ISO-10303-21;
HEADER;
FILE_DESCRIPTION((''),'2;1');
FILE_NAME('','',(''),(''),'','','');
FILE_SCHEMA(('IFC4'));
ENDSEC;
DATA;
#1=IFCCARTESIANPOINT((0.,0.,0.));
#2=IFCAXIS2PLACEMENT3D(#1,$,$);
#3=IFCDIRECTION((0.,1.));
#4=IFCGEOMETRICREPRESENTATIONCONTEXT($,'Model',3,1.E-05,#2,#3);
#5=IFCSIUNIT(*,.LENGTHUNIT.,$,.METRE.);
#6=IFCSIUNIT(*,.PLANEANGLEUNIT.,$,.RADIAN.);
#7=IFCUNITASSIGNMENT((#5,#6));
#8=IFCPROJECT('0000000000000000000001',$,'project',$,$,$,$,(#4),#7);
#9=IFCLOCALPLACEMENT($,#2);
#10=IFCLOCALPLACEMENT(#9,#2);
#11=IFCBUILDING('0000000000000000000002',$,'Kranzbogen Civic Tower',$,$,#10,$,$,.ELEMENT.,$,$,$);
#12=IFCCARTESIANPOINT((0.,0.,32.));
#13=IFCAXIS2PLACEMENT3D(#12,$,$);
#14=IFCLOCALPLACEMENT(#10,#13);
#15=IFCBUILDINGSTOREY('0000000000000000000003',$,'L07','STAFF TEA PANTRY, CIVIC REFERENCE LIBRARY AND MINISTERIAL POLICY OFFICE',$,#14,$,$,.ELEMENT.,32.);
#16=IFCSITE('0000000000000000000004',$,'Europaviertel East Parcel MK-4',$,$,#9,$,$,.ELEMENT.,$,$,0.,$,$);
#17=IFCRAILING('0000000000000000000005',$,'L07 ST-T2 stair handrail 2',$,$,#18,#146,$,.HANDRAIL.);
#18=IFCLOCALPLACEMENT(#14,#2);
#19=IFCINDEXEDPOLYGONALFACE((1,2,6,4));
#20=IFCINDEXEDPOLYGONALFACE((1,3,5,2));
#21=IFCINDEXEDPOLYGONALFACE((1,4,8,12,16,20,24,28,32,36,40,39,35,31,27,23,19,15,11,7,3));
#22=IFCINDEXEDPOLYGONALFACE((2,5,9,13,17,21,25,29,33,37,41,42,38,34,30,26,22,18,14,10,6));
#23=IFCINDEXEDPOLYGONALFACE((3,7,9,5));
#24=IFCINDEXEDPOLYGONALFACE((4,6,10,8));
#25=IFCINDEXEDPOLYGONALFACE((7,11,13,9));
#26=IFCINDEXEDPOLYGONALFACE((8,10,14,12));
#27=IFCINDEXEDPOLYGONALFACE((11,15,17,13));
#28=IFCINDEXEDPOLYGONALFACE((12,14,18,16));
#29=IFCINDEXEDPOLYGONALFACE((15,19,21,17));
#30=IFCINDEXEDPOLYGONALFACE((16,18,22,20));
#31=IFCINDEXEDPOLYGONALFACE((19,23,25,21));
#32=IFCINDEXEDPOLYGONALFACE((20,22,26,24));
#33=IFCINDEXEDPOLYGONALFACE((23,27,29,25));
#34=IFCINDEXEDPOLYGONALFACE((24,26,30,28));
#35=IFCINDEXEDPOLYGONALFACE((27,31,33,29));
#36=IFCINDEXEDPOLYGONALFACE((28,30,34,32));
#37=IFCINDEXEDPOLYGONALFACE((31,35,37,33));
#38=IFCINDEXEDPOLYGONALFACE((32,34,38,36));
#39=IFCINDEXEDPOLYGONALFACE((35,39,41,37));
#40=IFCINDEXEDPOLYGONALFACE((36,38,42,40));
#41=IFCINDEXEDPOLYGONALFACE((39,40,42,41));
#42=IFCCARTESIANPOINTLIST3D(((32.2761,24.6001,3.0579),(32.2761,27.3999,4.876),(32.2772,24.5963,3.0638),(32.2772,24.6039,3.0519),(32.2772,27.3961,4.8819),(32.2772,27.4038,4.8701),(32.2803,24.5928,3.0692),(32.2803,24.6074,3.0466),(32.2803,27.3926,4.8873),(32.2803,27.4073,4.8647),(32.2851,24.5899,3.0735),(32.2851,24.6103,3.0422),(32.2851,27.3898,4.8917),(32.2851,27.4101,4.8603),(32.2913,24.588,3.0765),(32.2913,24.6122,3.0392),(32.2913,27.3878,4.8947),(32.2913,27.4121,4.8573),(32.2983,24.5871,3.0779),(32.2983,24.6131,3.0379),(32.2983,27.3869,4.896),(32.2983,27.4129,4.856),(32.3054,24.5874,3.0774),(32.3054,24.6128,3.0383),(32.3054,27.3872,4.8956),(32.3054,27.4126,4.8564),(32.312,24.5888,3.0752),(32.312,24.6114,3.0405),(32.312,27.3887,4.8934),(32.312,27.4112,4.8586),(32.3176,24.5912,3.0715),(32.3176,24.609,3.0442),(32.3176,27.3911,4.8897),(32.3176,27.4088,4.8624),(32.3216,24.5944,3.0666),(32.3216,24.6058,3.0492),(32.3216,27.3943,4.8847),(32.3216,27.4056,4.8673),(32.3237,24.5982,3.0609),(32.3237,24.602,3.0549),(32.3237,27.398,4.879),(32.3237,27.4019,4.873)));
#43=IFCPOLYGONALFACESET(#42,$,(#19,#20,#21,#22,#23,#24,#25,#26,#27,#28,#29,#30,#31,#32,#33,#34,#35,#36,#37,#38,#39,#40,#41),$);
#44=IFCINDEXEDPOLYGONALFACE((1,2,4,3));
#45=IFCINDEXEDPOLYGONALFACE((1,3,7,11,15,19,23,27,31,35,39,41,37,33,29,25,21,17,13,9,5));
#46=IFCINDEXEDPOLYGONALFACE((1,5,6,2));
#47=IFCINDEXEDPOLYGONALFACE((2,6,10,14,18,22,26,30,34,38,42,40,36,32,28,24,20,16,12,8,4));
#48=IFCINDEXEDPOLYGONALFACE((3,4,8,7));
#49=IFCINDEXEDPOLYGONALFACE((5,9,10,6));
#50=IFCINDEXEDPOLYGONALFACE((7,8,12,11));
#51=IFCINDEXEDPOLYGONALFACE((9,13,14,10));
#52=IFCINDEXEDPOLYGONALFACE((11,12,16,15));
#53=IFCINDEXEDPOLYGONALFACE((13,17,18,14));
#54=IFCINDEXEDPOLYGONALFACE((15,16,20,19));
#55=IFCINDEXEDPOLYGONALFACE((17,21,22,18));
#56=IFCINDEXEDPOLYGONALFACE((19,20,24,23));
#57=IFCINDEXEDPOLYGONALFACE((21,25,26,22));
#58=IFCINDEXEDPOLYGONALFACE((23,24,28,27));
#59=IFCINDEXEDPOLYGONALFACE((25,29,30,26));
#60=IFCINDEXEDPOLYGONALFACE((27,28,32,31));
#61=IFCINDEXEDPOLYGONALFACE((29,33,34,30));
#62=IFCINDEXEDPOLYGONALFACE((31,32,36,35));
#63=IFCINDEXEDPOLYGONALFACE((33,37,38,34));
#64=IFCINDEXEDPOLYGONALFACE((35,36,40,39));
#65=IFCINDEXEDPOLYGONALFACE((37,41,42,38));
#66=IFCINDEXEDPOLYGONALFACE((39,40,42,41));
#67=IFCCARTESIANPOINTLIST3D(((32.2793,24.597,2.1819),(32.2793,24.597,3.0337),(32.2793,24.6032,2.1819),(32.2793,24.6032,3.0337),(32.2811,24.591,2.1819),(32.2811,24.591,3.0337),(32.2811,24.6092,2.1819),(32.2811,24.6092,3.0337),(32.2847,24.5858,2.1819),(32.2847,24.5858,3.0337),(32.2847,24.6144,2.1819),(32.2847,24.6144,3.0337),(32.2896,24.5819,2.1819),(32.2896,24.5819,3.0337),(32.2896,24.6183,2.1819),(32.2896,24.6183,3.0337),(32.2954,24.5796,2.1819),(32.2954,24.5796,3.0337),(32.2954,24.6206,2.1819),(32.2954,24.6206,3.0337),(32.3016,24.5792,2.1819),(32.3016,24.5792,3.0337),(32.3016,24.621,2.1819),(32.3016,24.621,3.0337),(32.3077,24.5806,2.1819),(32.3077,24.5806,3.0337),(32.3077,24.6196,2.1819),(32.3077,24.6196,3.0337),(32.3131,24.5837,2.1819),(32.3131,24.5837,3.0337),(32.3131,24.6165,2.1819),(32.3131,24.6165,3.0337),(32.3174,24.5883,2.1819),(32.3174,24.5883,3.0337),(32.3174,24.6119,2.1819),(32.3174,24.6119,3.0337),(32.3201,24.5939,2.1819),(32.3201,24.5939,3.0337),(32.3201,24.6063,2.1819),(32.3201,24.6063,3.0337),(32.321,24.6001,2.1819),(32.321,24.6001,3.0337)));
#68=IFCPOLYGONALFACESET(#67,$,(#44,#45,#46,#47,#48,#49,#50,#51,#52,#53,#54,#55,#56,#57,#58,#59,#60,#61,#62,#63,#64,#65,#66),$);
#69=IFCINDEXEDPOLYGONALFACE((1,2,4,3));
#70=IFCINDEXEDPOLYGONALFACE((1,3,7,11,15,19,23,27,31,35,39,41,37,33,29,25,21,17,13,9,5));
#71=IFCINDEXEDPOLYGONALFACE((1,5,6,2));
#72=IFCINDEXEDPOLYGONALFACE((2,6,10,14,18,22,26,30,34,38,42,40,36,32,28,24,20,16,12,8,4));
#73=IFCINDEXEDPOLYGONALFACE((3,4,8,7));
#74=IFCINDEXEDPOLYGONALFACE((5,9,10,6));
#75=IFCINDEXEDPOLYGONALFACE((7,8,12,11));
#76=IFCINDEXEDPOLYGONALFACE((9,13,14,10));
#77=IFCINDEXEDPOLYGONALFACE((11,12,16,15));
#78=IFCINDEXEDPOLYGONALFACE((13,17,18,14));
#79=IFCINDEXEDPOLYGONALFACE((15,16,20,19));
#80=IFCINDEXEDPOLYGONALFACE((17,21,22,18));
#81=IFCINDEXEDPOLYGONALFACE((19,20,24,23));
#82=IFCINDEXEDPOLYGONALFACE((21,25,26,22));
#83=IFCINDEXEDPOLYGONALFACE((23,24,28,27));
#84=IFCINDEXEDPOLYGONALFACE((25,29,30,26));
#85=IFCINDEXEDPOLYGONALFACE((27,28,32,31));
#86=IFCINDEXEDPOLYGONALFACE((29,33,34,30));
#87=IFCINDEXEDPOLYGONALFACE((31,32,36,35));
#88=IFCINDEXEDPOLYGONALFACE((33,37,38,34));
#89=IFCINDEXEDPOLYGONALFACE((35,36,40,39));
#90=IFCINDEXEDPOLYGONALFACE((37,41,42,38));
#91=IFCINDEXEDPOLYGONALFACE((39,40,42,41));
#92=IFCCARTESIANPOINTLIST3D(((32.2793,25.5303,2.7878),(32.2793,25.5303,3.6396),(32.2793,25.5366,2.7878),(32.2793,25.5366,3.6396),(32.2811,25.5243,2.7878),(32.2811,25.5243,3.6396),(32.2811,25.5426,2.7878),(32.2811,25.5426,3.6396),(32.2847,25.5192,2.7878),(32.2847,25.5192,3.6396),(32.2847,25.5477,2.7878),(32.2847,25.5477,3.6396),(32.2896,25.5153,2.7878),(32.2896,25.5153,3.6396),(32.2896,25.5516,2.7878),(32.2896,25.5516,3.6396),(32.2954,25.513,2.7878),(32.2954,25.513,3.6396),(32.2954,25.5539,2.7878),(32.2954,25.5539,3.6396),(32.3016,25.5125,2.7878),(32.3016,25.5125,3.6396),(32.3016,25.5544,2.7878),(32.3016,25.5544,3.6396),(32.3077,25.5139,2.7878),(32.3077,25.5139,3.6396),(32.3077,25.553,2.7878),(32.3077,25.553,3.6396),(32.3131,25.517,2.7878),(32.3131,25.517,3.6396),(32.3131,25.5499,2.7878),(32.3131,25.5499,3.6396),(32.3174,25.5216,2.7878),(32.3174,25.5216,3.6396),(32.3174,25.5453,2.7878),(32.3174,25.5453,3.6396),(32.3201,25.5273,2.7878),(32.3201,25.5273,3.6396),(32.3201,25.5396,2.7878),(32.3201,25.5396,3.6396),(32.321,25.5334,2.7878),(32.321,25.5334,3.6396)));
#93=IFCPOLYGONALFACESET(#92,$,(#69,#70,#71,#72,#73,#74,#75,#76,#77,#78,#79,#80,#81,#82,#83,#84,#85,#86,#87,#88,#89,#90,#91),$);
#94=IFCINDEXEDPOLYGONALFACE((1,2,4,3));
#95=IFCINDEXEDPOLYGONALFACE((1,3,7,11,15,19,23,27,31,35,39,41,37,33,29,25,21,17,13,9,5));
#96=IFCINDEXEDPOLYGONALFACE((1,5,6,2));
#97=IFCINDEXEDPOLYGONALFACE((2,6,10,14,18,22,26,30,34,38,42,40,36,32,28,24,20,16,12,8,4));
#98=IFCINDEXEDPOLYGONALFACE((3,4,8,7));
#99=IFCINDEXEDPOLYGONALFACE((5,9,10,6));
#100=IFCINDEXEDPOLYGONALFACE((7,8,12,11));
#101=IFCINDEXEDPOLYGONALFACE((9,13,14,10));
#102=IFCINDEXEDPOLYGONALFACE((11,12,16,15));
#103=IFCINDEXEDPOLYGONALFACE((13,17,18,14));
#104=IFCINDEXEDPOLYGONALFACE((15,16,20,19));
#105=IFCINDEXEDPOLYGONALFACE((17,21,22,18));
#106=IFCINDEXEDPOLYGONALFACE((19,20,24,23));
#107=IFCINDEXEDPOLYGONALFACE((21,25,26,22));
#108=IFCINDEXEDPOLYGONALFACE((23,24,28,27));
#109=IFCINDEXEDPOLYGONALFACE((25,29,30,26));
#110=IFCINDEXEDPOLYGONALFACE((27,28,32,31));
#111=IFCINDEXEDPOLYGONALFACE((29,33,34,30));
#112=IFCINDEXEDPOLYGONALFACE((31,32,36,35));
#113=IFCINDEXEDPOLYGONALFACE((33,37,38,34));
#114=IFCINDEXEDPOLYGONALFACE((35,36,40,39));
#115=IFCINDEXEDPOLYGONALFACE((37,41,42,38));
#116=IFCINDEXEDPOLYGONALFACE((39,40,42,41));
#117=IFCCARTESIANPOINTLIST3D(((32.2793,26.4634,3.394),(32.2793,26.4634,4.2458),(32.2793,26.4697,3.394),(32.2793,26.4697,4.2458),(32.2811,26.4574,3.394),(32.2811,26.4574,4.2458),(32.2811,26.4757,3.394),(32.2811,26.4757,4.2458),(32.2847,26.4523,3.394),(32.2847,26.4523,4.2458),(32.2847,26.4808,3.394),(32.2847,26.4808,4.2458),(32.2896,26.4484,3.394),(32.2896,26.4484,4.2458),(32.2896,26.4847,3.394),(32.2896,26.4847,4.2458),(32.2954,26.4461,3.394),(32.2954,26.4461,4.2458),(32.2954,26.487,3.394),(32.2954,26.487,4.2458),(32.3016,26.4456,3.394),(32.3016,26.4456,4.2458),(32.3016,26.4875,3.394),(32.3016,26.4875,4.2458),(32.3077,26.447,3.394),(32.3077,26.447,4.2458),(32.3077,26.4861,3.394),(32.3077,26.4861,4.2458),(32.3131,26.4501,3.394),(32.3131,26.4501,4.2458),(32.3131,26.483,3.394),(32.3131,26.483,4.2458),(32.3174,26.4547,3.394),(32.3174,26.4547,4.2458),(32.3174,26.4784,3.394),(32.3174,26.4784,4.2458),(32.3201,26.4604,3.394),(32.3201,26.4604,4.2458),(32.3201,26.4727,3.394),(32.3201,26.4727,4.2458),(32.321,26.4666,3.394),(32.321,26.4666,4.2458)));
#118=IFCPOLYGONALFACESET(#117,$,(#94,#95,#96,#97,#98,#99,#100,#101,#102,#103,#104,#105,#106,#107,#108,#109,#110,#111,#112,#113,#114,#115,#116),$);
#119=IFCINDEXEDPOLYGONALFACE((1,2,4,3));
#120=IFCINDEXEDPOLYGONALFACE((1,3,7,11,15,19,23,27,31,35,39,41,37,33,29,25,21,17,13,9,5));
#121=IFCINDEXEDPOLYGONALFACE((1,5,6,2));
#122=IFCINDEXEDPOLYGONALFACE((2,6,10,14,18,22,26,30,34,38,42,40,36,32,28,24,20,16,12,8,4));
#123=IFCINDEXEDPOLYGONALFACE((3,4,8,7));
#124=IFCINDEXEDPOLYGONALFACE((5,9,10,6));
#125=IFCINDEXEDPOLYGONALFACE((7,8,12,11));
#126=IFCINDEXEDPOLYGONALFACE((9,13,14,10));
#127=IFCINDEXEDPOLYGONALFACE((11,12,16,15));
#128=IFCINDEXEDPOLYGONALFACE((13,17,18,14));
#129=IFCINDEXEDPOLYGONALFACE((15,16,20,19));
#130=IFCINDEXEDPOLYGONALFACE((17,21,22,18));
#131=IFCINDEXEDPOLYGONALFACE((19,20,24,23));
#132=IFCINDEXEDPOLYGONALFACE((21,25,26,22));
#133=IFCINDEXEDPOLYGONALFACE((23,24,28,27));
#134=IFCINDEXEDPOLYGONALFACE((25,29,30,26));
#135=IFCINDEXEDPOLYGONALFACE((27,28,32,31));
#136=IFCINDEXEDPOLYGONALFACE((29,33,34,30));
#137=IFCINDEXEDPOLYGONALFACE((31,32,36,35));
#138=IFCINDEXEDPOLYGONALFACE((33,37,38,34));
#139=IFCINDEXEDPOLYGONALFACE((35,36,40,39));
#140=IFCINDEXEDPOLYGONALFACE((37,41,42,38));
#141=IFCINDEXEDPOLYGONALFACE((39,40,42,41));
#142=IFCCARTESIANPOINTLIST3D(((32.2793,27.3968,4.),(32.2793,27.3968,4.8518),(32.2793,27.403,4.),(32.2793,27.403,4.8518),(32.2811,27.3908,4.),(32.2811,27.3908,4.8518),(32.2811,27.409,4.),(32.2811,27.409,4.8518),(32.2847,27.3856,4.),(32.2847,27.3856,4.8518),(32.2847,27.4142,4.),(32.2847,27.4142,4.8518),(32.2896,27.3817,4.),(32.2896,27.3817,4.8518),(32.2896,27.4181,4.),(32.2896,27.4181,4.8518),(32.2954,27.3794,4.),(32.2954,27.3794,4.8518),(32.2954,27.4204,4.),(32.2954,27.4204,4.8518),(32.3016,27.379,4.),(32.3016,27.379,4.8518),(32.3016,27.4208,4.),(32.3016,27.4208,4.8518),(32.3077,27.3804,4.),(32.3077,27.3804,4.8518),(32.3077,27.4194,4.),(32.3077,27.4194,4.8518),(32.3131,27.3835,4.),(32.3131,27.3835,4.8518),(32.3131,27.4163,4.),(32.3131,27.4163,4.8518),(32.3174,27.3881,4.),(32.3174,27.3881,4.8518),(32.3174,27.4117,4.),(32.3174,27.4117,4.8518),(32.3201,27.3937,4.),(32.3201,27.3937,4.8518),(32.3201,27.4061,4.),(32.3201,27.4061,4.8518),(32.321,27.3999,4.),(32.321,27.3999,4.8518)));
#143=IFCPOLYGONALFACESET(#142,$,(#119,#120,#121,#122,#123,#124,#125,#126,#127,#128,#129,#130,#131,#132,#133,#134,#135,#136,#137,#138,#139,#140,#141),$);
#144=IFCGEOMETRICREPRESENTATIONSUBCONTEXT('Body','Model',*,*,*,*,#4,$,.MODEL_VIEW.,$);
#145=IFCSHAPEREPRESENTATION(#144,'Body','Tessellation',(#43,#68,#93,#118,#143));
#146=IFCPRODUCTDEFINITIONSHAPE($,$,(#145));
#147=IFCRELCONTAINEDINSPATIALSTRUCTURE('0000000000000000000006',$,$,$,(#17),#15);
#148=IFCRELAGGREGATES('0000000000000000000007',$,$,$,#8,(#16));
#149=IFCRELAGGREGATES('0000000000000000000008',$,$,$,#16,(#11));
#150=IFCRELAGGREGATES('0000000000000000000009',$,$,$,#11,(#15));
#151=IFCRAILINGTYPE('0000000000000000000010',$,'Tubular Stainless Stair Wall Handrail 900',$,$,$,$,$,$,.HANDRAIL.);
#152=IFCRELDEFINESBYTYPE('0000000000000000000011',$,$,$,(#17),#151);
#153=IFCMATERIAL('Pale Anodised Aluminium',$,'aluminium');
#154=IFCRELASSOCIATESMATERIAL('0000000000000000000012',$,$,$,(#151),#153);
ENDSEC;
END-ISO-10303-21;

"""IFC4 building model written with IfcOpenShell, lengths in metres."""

from ifc_helpers import new_model, si_unit, direction, frame, origin, origin_2d, place, context, subcontext, project, spatial, circle, extrude, material, type_object, element, save


model = new_model("IFC4")

# Units and contexts
model_context = context("Model", 3, precision=1e-05, world=origin(), true_north=direction((0.0, 1.0)))
body_context = subcontext(model_context, "Body", "Model", "MODEL_VIEW")
ifc_project = project(units=[si_unit("LENGTHUNIT", "METRE"), si_unit("PLANEANGLEUNIT", "RADIAN")], contexts=[model_context])

# Site, building, storey
site_placement = place(None, origin())
site = spatial("IfcSite", under=ifc_project, at=site_placement, Name="Europaviertel East Parcel MK-4", CompositionType="ELEMENT", RefElevation=0.0)
building_placement = place(site_placement, origin())
building = spatial("IfcBuilding", under=site, at=building_placement, Name="Kranzbogen Civic Tower", CompositionType="ELEMENT")
storey_placement = place(building_placement, frame((0.0, 0.0, 32.0)))
storey = spatial("IfcBuildingStorey", under=building, at=storey_placement, Name="L07", Description="STAFF TEA PANTRY, CIVIC REFERENCE LIBRARY AND MINISTERIAL POLICY OFFICE", CompositionType="ELEMENT", Elevation=32.0)

# Shared definitions
ifc_material_1 = material(Name="Pale Anodised Aluminium", Category="aluminium")

# Railing
railing_type_1 = type_object("IfcRailingType", Name="Tubular Stainless Stair Wall Handrail 900", PredefinedType="HANDRAIL", material=ifc_material_1)
railing_1_placement = place(storey_placement, frame((32.3, 24.6001, 2.1819)))
element("IfcRailing", 1, at=railing_1_placement, inside=storey, type_object=railing_type_1, Name="L07 ST-T2 stair handrail 2", PredefinedType="HANDRAIL", context=body_context, shape_type="SweptSolid", body=[
    extrude(circle(Radius=0.0239, at=origin_2d()), frame((0.0, 0.0, 0.876), z_axis=(0.0, 0.838684, 0.544618), x_axis=(-1.0, 0.0, 0.0)), (0.0, 0.0, 1.0), 3.3384),
    extrude(circle(Radius=0.021, at=origin_2d()), origin(), (0.0, 0.0, 1.0), 0.8518),
    extrude(circle(Radius=0.021, at=origin_2d()), frame((0.0, 0.9333, 0.606)), (0.0, 0.0, 1.0), 0.8518),
    extrude(circle(Radius=0.021, at=origin_2d()), frame((0.0, 1.8665, 1.2122)), (0.0, 0.0, 1.0), 0.8518),
    extrude(circle(Radius=0.021, at=origin_2d()), frame((0.0, 2.7998, 1.8181)), (0.0, 0.0, 1.0), 0.8518),
])

save(model, "model.ifc")
